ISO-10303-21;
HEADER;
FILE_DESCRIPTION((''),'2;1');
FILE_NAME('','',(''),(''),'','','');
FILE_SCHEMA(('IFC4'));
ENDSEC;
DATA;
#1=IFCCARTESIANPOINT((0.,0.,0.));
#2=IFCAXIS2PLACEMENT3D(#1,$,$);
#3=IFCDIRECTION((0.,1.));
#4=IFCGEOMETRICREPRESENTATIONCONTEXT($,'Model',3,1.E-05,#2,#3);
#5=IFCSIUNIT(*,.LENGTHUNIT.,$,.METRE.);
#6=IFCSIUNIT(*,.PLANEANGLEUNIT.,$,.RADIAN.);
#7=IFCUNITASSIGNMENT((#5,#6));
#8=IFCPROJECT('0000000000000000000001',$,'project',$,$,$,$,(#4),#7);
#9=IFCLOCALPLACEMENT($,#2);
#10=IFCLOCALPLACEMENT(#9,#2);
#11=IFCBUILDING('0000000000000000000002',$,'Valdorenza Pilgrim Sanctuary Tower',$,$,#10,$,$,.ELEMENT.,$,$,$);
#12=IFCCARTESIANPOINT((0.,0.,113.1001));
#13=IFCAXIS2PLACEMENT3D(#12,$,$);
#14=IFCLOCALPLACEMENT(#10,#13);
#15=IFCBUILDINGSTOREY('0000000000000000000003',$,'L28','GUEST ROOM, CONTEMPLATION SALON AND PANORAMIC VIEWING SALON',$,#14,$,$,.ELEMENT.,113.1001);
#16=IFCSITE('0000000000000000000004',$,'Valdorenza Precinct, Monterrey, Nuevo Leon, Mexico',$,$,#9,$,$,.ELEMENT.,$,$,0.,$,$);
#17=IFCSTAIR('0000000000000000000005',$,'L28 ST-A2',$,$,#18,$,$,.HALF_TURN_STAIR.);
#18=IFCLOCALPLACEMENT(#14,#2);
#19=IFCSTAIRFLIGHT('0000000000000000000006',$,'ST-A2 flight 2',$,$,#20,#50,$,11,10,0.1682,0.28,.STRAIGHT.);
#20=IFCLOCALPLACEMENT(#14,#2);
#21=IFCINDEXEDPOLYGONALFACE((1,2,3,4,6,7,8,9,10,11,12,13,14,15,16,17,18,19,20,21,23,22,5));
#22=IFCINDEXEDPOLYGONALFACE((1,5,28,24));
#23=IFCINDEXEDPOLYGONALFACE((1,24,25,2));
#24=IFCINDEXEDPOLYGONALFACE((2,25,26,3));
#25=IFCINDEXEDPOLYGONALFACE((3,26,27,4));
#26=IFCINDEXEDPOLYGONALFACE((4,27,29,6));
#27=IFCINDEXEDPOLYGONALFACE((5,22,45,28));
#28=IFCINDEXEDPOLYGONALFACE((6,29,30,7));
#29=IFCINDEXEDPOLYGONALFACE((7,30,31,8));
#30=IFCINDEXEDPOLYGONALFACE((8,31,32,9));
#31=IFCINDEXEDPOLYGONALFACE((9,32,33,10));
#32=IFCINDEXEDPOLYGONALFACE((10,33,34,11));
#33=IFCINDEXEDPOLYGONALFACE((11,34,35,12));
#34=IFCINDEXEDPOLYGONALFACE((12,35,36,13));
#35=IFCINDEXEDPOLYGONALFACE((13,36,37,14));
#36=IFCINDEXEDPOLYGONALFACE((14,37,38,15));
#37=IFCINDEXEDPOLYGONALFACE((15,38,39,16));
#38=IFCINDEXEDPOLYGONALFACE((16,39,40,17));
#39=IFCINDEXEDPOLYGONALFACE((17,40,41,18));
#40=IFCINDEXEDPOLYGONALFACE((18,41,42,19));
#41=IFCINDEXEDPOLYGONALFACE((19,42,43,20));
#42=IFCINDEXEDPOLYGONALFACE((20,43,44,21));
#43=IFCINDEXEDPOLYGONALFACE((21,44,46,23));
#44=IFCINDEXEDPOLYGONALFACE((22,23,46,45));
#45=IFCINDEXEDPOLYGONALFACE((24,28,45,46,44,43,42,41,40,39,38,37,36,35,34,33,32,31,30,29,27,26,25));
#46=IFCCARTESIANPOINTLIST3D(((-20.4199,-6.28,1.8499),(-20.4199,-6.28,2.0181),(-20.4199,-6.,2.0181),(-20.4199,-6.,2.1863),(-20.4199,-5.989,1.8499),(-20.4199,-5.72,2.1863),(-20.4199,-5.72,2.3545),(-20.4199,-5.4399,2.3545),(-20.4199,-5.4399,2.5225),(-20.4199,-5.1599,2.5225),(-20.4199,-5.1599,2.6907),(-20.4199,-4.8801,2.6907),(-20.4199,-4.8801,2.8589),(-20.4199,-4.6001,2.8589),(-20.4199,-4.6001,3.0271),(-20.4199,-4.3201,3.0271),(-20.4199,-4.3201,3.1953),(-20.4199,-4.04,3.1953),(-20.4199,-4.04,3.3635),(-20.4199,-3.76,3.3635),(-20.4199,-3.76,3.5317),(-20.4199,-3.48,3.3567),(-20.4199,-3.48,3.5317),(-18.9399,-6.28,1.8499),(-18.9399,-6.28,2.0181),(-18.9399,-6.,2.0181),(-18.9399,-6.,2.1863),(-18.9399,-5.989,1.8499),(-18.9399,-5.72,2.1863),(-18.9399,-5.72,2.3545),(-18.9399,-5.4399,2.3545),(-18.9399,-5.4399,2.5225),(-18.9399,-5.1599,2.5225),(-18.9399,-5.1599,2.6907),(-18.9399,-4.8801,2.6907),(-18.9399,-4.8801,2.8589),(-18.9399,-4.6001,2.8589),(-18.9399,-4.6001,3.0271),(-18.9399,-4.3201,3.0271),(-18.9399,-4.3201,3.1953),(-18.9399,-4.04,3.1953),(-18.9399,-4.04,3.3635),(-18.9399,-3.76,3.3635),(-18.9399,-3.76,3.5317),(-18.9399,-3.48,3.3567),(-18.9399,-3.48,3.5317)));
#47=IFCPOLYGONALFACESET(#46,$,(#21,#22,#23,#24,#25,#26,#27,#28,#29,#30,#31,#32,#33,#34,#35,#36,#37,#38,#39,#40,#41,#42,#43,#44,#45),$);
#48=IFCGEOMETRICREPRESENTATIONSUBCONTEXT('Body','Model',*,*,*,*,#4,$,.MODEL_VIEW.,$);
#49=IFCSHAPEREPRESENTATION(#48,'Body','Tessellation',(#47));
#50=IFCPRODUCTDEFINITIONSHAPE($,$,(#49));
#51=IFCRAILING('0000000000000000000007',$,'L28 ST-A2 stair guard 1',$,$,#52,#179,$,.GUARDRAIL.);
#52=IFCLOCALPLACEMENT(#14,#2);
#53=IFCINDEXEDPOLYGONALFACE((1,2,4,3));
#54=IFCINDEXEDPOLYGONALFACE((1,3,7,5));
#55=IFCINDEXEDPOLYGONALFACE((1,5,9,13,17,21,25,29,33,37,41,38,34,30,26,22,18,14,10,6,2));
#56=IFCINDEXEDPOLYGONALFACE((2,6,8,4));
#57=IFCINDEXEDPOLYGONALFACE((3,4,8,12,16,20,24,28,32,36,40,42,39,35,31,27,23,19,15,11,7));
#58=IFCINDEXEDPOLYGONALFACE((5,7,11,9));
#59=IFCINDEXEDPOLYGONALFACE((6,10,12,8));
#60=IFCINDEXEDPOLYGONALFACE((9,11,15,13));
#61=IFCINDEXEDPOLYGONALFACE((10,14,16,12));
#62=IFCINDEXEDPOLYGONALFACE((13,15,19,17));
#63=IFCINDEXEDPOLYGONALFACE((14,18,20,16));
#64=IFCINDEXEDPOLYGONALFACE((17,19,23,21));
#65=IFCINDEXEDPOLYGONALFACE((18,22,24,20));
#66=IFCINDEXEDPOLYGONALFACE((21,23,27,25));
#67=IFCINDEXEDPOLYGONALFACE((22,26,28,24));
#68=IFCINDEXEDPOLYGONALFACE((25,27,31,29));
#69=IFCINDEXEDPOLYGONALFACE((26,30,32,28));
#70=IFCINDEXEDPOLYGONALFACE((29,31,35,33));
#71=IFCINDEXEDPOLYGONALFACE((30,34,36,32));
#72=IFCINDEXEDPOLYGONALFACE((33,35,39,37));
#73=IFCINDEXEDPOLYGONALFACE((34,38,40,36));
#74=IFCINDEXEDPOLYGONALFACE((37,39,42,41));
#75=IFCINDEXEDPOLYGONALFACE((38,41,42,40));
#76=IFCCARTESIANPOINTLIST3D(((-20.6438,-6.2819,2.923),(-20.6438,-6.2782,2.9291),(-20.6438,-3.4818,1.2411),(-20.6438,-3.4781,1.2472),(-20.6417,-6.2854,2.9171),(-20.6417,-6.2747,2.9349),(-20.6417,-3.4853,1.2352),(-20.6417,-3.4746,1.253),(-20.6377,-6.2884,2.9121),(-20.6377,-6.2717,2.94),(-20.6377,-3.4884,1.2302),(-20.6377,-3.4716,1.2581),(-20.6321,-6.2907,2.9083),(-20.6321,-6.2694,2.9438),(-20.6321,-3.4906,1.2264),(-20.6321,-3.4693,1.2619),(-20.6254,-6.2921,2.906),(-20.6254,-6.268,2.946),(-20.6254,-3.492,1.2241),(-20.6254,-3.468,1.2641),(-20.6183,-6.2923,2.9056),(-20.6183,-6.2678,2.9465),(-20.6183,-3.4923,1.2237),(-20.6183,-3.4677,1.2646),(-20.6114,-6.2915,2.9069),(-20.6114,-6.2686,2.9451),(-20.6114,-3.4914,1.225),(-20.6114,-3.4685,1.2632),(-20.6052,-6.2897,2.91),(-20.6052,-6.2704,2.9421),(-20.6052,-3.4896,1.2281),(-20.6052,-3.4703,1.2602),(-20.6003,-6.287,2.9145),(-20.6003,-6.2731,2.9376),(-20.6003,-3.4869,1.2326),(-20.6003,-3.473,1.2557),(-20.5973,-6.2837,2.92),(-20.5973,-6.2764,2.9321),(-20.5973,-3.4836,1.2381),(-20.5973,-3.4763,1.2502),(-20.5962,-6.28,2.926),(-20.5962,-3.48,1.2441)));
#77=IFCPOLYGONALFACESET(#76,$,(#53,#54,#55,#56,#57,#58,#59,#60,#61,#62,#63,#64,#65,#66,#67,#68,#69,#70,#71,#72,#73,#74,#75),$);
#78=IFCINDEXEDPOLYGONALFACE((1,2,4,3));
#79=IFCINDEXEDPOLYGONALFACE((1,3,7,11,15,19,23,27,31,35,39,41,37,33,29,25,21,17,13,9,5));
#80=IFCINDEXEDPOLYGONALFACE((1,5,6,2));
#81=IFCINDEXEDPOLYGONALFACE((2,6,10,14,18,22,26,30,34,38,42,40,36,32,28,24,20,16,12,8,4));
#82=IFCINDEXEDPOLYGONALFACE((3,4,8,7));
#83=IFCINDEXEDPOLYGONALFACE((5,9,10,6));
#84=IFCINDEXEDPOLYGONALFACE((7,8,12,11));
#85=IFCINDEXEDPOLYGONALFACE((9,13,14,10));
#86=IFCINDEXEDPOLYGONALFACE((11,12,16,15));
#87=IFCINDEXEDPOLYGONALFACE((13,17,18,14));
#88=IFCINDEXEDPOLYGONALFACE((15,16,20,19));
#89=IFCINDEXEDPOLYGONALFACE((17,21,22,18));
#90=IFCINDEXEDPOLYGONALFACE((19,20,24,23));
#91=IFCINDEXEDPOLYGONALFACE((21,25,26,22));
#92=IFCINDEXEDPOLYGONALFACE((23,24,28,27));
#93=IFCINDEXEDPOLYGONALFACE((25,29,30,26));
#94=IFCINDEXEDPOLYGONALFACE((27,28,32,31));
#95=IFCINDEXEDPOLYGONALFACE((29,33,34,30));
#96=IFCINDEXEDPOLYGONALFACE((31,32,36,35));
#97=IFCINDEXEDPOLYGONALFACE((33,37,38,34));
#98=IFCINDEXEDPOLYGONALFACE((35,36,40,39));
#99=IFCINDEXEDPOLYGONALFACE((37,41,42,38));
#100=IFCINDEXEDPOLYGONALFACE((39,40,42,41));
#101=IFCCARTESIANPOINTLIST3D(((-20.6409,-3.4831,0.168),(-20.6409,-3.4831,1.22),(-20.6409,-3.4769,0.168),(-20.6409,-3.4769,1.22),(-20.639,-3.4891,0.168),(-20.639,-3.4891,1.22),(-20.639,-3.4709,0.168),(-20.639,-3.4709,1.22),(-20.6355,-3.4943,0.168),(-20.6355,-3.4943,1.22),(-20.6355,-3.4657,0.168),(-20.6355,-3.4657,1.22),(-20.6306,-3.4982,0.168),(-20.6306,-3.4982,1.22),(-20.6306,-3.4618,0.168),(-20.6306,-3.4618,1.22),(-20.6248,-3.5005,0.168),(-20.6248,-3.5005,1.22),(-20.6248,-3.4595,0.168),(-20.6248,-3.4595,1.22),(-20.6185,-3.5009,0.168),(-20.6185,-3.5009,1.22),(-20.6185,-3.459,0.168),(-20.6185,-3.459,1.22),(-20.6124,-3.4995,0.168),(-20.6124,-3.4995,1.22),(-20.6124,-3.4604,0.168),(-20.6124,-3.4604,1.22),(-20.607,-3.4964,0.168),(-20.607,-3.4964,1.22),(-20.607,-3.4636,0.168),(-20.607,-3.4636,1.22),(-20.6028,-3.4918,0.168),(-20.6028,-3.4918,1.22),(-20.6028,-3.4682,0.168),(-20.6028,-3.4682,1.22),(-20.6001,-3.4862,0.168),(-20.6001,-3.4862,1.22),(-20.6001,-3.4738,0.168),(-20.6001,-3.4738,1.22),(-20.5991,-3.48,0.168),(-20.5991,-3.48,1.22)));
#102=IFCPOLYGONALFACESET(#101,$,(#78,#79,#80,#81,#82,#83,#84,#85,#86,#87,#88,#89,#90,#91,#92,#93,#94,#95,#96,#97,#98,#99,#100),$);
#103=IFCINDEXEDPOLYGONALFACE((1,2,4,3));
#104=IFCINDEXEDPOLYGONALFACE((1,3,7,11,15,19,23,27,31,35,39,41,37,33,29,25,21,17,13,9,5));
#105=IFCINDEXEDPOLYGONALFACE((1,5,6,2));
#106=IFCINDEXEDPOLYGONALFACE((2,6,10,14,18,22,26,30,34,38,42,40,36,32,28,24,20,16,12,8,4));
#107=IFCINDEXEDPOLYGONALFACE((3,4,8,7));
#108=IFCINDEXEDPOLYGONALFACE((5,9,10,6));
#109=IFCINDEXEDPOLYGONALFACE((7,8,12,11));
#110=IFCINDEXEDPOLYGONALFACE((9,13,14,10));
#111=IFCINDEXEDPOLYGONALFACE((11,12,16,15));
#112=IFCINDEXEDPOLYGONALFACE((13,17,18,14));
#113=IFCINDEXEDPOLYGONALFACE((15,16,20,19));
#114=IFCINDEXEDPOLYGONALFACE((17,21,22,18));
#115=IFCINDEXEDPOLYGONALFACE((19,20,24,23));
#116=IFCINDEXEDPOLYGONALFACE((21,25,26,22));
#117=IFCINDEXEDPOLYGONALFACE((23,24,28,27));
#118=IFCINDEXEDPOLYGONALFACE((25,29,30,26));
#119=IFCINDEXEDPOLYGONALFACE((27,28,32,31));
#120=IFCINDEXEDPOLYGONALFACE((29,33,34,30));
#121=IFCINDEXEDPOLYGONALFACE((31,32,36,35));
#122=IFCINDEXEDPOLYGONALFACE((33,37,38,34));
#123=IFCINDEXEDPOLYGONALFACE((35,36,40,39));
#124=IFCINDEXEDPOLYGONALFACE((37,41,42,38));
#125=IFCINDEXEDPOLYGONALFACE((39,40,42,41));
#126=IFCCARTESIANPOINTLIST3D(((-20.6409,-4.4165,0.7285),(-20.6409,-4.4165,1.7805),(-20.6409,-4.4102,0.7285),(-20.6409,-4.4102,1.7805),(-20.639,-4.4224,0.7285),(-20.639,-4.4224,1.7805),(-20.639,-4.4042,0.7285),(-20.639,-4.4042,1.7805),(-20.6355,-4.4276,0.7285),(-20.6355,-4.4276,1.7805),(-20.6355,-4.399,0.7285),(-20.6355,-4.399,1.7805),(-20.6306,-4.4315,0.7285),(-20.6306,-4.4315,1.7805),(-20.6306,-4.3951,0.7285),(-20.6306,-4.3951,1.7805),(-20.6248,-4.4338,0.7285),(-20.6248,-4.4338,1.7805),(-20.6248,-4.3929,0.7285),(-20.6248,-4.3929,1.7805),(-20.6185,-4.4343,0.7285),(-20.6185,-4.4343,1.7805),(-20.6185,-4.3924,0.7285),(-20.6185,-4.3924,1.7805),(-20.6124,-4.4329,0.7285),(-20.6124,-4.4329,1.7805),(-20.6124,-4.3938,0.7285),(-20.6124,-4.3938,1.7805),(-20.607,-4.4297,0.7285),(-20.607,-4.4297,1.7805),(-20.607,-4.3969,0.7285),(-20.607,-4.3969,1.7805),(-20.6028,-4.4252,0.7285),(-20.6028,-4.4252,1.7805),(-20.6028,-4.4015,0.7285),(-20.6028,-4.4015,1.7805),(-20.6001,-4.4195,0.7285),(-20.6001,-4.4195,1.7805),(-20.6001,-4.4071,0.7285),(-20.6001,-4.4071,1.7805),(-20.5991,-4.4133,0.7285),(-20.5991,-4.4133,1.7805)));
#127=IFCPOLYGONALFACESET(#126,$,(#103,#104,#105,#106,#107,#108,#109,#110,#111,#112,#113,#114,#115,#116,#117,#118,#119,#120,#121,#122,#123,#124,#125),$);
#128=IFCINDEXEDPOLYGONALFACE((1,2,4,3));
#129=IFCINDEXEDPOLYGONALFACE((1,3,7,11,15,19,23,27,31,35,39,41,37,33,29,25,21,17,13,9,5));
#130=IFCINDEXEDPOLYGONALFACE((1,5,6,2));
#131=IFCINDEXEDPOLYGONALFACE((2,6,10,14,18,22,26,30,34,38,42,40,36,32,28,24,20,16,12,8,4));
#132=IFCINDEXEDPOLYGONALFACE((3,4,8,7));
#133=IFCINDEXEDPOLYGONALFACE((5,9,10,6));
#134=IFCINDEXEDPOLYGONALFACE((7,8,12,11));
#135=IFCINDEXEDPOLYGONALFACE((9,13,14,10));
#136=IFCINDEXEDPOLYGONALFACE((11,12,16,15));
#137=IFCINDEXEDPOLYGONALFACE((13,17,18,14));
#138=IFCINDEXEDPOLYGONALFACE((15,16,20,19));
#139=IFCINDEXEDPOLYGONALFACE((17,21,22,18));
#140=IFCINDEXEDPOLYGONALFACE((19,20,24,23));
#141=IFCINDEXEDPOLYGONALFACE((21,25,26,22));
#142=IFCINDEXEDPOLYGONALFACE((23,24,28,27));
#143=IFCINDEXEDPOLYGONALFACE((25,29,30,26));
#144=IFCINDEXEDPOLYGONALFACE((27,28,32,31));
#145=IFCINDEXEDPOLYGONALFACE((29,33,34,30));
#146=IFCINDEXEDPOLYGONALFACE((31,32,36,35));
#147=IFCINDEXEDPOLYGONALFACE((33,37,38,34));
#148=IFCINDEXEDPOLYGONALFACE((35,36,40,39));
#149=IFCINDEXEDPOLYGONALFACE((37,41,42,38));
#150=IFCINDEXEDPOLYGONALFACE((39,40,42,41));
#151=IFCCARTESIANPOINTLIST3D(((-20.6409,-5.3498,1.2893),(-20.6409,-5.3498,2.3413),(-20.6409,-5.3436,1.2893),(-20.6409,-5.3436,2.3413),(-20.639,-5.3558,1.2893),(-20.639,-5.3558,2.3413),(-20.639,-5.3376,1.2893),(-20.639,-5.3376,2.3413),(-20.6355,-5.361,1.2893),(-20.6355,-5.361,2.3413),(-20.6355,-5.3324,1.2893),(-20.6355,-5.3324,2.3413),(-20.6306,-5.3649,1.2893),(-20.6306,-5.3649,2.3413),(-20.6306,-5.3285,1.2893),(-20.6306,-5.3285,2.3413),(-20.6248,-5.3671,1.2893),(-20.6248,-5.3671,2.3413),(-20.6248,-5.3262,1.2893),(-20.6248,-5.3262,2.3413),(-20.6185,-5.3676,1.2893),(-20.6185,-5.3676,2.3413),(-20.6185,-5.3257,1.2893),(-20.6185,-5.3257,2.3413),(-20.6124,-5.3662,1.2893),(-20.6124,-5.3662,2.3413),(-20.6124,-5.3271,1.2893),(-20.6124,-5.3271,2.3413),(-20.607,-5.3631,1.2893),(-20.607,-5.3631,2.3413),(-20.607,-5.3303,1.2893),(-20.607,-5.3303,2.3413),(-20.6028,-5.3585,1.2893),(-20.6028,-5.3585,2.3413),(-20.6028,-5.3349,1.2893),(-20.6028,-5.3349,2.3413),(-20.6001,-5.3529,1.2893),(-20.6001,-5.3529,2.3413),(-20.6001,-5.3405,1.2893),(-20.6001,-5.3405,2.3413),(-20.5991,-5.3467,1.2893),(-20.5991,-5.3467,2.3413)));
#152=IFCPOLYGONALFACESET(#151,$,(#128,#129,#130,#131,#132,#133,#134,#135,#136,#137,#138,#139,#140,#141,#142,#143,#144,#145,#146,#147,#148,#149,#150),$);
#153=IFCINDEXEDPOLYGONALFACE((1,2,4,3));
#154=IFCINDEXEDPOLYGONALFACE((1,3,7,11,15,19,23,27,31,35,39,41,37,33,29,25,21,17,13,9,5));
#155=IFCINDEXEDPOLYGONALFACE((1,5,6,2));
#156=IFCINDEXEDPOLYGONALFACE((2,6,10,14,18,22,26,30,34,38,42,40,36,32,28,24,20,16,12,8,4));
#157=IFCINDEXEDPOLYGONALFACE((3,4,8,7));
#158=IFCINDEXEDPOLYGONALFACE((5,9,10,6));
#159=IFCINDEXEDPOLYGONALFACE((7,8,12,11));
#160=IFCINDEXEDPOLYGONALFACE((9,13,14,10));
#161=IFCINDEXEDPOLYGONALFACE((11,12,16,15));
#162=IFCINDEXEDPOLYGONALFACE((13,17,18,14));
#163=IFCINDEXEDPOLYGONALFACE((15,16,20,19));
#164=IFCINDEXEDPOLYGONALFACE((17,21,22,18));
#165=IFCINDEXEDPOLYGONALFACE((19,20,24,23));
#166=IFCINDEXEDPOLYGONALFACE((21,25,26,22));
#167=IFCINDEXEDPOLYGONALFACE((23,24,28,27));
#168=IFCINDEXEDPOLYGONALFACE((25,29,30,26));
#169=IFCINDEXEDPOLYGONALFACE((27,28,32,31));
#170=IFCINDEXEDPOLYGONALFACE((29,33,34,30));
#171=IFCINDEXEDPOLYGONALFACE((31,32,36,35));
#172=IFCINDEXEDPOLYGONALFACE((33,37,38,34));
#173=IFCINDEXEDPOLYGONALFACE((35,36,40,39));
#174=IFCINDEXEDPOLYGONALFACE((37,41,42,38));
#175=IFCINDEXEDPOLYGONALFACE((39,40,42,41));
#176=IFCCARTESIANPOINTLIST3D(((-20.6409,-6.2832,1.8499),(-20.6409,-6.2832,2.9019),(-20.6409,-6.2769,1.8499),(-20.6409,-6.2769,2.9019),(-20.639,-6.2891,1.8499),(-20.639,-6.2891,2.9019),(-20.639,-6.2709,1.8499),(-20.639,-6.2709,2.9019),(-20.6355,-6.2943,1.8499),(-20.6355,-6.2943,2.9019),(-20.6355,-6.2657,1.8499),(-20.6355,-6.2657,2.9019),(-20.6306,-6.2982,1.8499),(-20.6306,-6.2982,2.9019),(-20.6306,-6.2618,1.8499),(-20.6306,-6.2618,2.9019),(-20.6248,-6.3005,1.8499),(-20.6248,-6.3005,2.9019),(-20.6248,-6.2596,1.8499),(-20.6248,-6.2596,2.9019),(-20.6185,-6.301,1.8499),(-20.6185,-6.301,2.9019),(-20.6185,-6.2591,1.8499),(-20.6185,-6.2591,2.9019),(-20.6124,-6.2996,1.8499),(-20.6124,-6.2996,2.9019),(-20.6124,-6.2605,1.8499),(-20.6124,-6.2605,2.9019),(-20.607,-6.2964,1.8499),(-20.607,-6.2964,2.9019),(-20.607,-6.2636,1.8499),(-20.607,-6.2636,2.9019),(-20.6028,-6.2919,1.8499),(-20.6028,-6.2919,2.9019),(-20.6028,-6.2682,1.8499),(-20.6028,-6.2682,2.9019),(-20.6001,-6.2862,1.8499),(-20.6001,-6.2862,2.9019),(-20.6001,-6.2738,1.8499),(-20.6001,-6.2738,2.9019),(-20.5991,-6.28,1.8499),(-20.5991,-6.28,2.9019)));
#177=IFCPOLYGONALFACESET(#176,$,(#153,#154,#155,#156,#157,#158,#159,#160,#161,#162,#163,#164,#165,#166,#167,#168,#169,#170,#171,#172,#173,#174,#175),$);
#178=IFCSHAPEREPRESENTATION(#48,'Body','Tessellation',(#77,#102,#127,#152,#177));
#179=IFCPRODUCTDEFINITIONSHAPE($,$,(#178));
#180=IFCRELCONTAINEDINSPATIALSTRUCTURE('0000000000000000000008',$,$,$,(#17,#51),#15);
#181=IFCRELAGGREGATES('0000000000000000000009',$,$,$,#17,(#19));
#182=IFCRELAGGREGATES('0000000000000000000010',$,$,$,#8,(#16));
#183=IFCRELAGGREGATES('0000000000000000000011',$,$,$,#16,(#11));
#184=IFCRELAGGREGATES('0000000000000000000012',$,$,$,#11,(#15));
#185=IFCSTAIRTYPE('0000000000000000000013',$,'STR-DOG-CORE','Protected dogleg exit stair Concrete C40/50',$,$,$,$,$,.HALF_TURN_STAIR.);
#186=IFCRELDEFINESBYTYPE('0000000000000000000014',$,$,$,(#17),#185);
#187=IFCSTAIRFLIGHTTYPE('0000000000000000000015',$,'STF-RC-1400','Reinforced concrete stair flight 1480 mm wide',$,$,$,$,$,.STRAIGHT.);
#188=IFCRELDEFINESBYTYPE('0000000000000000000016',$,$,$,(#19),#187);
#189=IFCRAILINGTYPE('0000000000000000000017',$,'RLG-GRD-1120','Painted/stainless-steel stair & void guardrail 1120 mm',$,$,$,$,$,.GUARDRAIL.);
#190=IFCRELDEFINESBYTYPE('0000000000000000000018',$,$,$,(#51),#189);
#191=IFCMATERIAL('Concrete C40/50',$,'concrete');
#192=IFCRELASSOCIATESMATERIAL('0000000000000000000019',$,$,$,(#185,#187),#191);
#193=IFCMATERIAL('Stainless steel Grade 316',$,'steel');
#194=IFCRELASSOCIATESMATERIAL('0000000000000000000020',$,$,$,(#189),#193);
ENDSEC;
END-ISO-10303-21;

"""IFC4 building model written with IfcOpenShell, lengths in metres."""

from ifc_helpers import new_model, si_unit, direction, frame, origin, origin_2d, place, context, subcontext, project, spatial, polyline, circle, outline, extrude, material, type_object, element, aggregate, save


model = new_model("IFC4")

# Units and contexts
model_context = context("Model", 3, precision=1e-05, world=origin(), true_north=direction((0.0, 1.0)))
body_context = subcontext(model_context, "Body", "Model", "MODEL_VIEW")
ifc_project = project(units=[si_unit("LENGTHUNIT", "METRE"), si_unit("PLANEANGLEUNIT", "RADIAN")], contexts=[model_context])

# Site, building, storey
site_placement = place(None, origin())
site = spatial("IfcSite", under=ifc_project, at=site_placement, Name="Valdorenza Precinct, Monterrey, Nuevo Leon, Mexico", CompositionType="ELEMENT", RefElevation=0.0)
building_placement = place(site_placement, origin())
building = spatial("IfcBuilding", under=site, at=building_placement, Name="Valdorenza Pilgrim Sanctuary Tower", CompositionType="ELEMENT")
storey_placement = place(building_placement, frame((0.0, 0.0, 113.1001)))
storey = spatial("IfcBuildingStorey", under=building, at=storey_placement, Name="L28", Description="GUEST ROOM, CONTEMPLATION SALON AND PANORAMIC VIEWING SALON", CompositionType="ELEMENT", Elevation=113.1001)

# Shared definitions
ifc_material_1 = material(Name="Concrete C40/50", Category="concrete")

# Stair, stair flight
stair_type = type_object("IfcStairType", Name="STR-DOG-CORE", Description="Protected dogleg exit stair Concrete C40/50", PredefinedType="HALF_TURN_STAIR", material=ifc_material_1)
stair_placement = place(storey_placement, origin())
stair = element("IfcStair", 1, at=stair_placement, inside=storey, type_object=stair_type, Name="L28 ST-A2", PredefinedType="HALF_TURN_STAIR")
stair_flight_type = type_object("IfcStairFlightType", Name="STF-RC-1400", Description="Reinforced concrete stair flight 1480 mm wide", PredefinedType="STRAIGHT", material=ifc_material_1)
stair_flight_1_placement = place(storey_placement, frame((-19.6799, -6.28, 1.8499), z_axis=(0.0, 0.0, 1.0), x_axis=(0.0, 1.0, 0.0)))
stair_flight_1 = element("IfcStairFlight", 2, at=stair_flight_1_placement, type_object=stair_flight_type, Name="ST-A2 flight 2", NumberOfRisers=11, NumberOfTreads=10, PredefinedType="STRAIGHT", RiserHeight=0.1682, TreadLength=0.28, context=body_context, shape_type="SweptSolid", body=[
    extrude(outline(polyline([(0.0, 0.0), (0.0, 0.1682), (0.28, 0.1682), (0.28, 0.3364), (0.5601, 0.3364), (0.5601, 0.5046), (0.8401, 0.5046), (0.8401, 0.6726), (1.1201, 0.6726), (1.1201, 0.8408), (1.3999, 0.8408), (1.3999, 1.009), (1.6799, 1.009), (1.6799, 1.1772), (1.96, 1.1772), (1.96, 1.3455), (2.24, 1.3455), (2.24, 1.5137), (2.52, 1.5137), (2.52, 1.6819), (2.8, 1.6819), (2.8, 1.8501), (2.8, 1.5068), (0.291, 0.0), (0.0, 0.0)])), frame((0.0, 0.74, 0.0), z_axis=(0.0, -1.0, 0.0), x_axis=(1.0, 0.0, 0.0)), (0.0, 0.0, 1.0), 1.48),
])
aggregate(stair, [stair_flight_1])

# Railing
ifc_material_2 = material(Name="Stainless steel Grade 316", Category="steel")
railing_type_1 = type_object("IfcRailingType", Name="RLG-GRD-1120", Description="Painted/stainless-steel stair & void guardrail 1120 mm", PredefinedType="GUARDRAIL", material=ifc_material_2)
railing_1_placement = place(storey_placement, frame((-20.6201, -3.48, 0.168)))
element("IfcRailing", 3, at=railing_1_placement, inside=storey, type_object=railing_type_1, Name="L28 ST-A2 stair guard 1", PredefinedType="GUARDRAIL", context=body_context, shape_type="SweptSolid", body=[
    extrude(circle(Radius=0.0239, at=origin_2d()), frame((0.0, 0.0, 1.0762), z_axis=(0.0, -0.857242, 0.514913), x_axis=(1.0, 0.0, 0.0)), (0.0, 0.0, 1.0), 3.2664),
    extrude(circle(Radius=0.021, at=origin_2d()), origin(), (0.0, 0.0, 1.0), 1.052),
    extrude(circle(Radius=0.021, at=origin_2d()), frame((0.0, -0.9333, 0.5605)), (0.0, 0.0, 1.0), 1.052),
    extrude(circle(Radius=0.021, at=origin_2d()), frame((0.0, -1.8667, 1.1213)), (0.0, 0.0, 1.0), 1.052),
    extrude(circle(Radius=0.021, at=origin_2d()), frame((0.0, -2.8, 1.6819)), (0.0, 0.0, 1.0), 1.052),
])

save(model, "model.ifc")
